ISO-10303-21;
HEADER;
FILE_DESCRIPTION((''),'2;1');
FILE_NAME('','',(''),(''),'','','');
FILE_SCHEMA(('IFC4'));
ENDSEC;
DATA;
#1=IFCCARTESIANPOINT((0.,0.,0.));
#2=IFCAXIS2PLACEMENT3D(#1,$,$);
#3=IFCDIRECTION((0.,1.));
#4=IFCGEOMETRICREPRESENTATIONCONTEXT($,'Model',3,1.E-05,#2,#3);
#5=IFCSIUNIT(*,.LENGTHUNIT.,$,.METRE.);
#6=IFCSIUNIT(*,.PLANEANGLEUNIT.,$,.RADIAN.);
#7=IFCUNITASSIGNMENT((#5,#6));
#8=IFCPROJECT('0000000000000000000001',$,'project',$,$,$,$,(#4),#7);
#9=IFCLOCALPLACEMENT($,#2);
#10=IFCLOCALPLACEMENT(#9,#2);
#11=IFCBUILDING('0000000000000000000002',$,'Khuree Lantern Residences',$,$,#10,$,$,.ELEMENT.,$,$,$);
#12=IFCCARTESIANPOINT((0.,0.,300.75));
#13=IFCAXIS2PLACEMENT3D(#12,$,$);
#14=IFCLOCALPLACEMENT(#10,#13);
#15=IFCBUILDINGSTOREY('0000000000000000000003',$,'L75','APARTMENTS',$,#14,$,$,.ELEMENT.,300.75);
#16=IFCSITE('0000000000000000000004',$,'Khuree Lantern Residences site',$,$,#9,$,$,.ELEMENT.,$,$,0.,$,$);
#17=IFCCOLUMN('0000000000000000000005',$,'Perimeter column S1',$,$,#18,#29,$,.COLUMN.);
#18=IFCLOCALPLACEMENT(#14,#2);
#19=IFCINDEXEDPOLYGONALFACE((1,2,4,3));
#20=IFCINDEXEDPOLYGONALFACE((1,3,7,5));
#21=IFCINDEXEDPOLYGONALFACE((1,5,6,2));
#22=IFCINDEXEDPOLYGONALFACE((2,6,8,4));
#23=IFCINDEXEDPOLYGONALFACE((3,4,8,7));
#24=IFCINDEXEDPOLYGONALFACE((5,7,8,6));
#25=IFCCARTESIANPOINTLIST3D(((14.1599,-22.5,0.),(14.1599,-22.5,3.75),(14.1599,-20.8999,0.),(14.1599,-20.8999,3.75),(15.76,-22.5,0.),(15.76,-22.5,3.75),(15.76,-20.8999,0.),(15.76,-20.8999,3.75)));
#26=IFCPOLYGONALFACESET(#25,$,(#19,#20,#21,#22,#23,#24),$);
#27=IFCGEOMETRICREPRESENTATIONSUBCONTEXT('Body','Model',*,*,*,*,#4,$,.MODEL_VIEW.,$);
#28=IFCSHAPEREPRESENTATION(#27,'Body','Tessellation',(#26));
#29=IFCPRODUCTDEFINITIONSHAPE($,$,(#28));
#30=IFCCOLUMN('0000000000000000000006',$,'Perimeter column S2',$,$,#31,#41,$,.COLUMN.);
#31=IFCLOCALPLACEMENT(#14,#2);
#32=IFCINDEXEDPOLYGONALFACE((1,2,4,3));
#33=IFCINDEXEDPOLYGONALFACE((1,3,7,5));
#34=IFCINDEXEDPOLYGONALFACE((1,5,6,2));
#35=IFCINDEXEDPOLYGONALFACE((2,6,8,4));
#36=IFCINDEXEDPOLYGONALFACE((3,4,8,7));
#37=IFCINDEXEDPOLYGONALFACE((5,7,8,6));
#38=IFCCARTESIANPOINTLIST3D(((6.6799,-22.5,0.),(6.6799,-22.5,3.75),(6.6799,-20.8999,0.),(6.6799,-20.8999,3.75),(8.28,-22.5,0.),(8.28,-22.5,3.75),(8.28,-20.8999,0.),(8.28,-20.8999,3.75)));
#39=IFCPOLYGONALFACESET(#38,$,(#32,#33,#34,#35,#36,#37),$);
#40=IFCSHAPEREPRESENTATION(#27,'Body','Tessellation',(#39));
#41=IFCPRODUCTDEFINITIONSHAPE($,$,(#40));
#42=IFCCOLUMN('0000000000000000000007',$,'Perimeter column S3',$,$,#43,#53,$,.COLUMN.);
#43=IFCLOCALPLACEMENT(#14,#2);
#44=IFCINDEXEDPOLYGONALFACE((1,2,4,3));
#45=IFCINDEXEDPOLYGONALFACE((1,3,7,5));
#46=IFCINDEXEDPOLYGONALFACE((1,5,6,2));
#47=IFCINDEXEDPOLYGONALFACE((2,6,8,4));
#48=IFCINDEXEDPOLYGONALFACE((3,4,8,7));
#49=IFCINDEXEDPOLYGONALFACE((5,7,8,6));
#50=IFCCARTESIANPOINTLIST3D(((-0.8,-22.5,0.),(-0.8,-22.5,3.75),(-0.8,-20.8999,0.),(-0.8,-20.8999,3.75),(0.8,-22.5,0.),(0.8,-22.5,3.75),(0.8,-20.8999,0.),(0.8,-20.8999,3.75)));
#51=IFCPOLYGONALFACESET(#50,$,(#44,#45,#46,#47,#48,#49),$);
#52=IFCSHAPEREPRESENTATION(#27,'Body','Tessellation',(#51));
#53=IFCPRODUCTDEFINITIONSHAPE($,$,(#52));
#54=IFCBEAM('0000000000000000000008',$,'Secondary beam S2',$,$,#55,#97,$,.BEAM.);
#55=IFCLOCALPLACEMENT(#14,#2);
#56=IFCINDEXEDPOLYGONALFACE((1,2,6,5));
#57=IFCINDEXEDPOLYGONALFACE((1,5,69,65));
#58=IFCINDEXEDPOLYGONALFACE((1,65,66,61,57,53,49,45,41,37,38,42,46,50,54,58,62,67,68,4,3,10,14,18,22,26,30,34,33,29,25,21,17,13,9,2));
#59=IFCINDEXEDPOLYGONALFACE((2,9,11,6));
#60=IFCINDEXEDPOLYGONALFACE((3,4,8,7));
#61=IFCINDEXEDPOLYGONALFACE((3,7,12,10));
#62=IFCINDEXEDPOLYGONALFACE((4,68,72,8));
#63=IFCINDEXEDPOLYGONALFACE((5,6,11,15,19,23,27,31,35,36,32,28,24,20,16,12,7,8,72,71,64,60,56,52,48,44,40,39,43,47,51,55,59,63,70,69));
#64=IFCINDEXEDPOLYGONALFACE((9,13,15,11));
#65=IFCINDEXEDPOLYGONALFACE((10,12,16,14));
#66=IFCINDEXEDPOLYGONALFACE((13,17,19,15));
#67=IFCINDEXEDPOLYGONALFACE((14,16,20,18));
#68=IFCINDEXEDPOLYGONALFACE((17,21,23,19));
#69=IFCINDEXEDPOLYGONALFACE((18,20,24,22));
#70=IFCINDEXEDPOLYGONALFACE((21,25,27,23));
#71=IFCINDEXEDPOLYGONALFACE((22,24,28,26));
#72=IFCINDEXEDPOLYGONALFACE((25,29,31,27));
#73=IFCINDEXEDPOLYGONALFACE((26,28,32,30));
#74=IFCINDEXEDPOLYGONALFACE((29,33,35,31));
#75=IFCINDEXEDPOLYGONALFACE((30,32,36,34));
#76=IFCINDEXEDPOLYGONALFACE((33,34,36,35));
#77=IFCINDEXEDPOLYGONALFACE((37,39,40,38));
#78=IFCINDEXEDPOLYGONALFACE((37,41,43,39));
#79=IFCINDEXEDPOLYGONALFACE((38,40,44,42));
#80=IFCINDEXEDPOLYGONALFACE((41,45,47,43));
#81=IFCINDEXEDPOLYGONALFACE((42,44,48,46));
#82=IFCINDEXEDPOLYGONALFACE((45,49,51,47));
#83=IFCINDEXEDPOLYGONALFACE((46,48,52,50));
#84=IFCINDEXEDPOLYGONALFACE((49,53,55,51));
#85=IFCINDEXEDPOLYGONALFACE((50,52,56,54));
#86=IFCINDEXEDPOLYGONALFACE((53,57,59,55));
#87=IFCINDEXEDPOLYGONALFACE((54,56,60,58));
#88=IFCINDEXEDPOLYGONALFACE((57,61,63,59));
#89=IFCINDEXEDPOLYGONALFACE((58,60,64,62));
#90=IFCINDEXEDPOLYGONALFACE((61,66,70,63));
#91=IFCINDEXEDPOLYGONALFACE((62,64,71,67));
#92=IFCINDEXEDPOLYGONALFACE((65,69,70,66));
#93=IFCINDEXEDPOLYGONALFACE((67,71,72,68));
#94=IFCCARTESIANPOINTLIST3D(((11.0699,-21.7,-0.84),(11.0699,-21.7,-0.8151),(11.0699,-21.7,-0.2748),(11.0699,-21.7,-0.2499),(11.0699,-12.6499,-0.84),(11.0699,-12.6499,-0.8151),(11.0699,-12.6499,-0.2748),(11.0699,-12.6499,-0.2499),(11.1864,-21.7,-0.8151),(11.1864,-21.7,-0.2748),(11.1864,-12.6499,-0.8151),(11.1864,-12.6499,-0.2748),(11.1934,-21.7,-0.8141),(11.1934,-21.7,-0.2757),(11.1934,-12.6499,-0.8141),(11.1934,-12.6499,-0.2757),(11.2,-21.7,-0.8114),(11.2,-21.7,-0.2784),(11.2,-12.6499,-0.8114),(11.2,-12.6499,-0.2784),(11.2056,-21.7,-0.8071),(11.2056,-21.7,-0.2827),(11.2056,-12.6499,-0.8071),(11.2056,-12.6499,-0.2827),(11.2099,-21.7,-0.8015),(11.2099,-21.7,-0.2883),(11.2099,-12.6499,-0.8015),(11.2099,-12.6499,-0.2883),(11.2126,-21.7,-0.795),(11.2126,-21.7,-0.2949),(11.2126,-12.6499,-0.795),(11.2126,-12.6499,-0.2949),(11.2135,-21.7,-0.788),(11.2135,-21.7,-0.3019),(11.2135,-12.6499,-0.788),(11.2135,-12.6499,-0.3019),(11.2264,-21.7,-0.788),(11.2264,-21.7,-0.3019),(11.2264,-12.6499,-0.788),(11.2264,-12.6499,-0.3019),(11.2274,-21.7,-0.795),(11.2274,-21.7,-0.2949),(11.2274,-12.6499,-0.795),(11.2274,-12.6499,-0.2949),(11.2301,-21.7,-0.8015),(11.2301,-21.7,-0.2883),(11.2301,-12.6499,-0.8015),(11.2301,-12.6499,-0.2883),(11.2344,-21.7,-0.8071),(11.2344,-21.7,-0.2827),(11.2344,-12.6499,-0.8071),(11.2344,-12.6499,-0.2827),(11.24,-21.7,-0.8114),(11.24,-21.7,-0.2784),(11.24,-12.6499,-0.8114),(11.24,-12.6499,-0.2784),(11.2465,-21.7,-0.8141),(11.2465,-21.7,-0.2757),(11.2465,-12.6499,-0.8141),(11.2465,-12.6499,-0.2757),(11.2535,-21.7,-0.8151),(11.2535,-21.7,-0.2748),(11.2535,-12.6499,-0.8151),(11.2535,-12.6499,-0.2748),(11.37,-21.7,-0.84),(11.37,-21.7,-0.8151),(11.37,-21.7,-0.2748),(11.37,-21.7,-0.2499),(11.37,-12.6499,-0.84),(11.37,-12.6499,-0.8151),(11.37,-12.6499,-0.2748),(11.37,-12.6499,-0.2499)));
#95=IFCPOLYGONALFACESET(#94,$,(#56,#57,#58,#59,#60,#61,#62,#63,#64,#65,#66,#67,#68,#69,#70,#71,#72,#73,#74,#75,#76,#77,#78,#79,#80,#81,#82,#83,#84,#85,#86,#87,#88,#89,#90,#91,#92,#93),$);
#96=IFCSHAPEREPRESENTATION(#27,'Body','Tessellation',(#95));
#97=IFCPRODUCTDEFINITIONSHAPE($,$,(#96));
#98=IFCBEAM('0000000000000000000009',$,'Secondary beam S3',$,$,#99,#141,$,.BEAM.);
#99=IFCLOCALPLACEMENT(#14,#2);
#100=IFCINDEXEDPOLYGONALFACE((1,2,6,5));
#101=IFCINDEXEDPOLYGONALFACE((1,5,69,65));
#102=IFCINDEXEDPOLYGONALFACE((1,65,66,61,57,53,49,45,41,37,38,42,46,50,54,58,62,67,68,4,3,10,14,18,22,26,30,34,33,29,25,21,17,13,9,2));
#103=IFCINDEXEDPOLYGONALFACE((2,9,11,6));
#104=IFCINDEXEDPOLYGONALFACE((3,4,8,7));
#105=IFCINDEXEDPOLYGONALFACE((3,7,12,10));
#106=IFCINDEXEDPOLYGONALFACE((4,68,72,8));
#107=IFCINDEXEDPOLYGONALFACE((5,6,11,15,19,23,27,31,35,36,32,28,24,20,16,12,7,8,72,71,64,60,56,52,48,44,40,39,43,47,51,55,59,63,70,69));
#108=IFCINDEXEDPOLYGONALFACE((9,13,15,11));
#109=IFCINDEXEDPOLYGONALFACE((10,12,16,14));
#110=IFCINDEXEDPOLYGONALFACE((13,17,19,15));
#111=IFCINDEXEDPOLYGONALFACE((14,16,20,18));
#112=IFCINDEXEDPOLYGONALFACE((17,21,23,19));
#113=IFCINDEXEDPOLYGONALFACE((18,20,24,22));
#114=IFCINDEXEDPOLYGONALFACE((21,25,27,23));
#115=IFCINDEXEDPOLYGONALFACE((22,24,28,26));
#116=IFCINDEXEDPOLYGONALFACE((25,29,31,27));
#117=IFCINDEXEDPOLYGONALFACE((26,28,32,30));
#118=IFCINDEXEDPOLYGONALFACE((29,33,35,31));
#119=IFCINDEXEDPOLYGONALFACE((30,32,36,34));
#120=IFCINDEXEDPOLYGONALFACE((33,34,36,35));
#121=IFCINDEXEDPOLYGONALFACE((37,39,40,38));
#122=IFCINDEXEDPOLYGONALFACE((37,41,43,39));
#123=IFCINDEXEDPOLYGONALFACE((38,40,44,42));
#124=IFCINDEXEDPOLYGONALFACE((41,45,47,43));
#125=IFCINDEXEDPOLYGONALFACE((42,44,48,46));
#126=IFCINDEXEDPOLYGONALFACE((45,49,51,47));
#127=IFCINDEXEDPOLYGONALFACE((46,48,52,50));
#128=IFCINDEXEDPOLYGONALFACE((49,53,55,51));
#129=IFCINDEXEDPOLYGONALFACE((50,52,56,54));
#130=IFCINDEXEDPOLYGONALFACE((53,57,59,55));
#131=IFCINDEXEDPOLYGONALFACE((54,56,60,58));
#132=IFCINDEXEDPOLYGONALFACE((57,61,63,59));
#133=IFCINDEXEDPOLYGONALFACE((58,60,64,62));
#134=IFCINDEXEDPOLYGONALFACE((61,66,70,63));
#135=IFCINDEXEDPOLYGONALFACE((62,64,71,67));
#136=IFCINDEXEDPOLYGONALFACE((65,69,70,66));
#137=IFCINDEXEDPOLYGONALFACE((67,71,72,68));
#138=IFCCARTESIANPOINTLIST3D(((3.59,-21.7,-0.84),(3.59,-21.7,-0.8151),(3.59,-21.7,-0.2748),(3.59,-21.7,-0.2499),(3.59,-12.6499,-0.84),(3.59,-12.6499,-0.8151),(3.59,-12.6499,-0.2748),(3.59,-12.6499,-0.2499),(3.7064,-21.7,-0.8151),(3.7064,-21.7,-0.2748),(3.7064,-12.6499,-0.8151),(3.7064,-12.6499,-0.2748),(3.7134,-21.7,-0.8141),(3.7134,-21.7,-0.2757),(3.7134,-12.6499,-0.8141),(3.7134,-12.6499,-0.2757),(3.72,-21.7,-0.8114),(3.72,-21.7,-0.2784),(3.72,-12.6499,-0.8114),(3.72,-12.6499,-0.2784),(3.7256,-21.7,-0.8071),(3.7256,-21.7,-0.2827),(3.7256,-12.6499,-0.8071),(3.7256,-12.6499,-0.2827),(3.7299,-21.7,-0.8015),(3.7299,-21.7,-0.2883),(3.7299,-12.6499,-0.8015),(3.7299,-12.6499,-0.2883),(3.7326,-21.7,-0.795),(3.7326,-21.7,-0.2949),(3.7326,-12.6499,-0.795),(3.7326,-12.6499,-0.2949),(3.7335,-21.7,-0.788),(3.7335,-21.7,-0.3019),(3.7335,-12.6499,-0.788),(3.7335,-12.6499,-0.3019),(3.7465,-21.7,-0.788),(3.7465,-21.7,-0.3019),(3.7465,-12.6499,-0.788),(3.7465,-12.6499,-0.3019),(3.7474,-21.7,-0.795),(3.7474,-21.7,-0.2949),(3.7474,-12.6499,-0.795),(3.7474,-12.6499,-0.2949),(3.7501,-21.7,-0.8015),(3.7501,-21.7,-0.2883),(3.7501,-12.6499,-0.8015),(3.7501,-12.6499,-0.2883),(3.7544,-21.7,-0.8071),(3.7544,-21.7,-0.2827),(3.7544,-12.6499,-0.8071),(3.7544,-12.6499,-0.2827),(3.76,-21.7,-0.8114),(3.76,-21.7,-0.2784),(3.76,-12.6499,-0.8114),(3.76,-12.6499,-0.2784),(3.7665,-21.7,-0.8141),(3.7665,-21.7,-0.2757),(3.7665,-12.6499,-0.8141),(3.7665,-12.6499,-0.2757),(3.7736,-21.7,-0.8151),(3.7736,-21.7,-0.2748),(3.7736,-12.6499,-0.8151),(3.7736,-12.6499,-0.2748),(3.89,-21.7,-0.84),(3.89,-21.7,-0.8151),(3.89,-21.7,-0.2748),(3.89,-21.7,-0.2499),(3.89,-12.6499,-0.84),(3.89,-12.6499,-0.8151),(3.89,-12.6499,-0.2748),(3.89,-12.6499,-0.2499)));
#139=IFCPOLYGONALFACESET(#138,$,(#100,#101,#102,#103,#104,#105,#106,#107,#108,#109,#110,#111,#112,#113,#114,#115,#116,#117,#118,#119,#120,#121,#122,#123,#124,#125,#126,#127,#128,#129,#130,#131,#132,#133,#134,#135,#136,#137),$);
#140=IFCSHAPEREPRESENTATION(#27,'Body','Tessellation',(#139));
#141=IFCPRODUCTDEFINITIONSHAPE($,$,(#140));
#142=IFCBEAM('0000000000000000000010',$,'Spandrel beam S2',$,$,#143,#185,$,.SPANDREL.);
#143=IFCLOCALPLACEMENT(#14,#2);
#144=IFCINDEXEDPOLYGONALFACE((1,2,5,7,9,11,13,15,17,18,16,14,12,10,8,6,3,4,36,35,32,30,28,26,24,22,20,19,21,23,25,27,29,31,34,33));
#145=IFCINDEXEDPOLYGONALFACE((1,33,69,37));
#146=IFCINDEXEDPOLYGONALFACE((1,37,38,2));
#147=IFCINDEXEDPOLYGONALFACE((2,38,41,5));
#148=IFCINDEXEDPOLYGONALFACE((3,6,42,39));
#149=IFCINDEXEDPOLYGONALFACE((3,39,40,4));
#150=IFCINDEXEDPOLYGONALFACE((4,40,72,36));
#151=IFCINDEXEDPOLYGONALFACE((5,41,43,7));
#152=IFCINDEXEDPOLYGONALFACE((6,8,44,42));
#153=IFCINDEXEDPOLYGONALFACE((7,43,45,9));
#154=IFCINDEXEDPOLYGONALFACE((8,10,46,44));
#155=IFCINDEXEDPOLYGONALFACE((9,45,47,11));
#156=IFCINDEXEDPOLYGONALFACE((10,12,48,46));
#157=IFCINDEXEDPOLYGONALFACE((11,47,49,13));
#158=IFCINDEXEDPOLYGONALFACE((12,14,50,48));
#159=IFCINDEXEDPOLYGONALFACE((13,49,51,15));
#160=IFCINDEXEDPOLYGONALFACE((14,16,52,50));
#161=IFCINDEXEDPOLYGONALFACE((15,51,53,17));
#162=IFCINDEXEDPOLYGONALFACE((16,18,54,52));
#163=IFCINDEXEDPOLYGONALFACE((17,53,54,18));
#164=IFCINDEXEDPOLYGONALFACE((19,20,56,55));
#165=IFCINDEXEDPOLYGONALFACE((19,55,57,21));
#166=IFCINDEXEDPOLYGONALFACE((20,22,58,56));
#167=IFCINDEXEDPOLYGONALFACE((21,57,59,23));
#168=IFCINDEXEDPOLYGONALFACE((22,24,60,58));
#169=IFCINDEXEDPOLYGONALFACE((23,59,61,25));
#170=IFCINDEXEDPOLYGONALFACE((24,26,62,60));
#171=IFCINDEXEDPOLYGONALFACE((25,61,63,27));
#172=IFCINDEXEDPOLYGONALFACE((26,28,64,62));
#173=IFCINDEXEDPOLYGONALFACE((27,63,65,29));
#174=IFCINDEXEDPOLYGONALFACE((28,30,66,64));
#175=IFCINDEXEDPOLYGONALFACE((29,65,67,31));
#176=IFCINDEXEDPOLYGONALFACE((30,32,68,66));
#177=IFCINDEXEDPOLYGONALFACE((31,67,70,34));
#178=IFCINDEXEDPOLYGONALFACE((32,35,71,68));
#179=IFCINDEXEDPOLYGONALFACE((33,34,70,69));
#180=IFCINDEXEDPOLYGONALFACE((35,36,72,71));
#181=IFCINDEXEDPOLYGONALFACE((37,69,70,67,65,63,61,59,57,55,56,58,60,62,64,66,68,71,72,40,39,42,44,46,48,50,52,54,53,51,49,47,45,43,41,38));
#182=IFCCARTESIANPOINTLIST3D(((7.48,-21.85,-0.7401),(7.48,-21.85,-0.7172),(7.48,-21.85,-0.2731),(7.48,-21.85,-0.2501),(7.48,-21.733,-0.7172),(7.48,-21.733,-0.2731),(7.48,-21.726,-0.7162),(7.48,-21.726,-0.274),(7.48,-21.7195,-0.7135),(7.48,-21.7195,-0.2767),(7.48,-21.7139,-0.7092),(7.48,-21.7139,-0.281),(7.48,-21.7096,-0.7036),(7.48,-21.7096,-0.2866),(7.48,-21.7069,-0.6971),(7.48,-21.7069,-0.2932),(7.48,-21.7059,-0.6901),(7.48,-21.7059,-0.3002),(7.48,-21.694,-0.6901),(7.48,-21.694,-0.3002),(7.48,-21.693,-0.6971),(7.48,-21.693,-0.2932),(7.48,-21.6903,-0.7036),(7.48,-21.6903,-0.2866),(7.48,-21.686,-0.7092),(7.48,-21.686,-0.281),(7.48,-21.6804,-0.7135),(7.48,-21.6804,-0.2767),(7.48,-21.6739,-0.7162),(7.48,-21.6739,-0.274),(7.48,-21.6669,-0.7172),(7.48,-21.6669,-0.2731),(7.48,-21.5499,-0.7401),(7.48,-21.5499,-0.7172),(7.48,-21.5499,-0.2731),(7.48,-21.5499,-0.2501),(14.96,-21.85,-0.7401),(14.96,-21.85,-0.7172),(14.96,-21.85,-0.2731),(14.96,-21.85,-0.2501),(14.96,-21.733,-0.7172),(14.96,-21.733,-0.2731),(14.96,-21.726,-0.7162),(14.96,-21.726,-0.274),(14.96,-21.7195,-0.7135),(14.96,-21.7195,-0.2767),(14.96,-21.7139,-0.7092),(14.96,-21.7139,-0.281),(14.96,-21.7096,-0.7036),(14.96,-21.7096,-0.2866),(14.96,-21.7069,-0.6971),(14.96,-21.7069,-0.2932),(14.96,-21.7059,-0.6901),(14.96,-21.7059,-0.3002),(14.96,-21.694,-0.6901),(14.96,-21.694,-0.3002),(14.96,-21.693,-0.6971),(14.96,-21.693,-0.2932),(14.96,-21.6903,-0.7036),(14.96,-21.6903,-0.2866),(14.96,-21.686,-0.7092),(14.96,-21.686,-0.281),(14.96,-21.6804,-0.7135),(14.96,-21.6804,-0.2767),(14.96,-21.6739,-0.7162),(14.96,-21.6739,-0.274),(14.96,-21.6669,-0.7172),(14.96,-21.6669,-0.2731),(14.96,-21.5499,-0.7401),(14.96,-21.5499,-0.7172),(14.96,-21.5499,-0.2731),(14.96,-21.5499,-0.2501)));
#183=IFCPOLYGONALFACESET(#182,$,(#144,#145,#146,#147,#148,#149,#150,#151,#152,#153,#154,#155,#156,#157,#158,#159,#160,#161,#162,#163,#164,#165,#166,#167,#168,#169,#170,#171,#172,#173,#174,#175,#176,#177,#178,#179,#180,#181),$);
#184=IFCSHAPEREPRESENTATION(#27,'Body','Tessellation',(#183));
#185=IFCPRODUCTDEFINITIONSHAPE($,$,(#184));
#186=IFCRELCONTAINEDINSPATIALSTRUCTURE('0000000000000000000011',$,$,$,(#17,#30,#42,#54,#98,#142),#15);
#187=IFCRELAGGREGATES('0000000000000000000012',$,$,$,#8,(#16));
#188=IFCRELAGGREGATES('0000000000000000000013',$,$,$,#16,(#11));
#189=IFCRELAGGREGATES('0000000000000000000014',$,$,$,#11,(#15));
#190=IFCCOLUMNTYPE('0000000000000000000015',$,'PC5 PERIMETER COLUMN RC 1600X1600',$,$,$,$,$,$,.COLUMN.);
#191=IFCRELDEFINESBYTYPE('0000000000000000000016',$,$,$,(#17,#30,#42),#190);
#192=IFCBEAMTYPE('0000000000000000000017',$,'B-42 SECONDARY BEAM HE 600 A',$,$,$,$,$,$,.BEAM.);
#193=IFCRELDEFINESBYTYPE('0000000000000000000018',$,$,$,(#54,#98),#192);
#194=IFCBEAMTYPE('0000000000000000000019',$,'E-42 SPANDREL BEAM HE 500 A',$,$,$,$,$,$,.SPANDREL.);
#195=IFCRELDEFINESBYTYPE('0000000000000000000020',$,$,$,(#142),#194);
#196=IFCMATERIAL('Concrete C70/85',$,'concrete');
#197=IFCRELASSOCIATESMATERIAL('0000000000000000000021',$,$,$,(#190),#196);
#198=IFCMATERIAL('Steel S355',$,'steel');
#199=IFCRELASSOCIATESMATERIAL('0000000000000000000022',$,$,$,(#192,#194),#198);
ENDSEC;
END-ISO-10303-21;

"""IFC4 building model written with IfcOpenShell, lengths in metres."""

from ifc_helpers import new_model, si_unit, direction, frame, origin, origin_2d, place, context, subcontext, project, spatial, rectangle, i_section, extrude, material, material_profile, profile_set, type_object, element, save


model = new_model("IFC4")

# Units and contexts
model_context = context("Model", 3, precision=1e-05, world=origin(), true_north=direction((0.0, 1.0)))
body_context = subcontext(model_context, "Body", "Model", "MODEL_VIEW")
ifc_project = project(units=[si_unit("LENGTHUNIT", "METRE"), si_unit("PLANEANGLEUNIT", "RADIAN")], contexts=[model_context])

# Site, building, storey
site_placement = place(None, origin())
site = spatial("IfcSite", under=ifc_project, at=site_placement, Name="Khuree Lantern Residences site", CompositionType="ELEMENT", RefElevation=0.0)
building_placement = place(site_placement, origin())
building = spatial("IfcBuilding", under=site, at=building_placement, Name="Khuree Lantern Residences", CompositionType="ELEMENT")
storey_placement = place(building_placement, frame((0.0, 0.0, 300.75)))
storey = spatial("IfcBuildingStorey", under=building, at=storey_placement, Name="L75", Description="APARTMENTS", CompositionType="ELEMENT", Elevation=300.75)

# Columns
ifc_material_1 = material(Name="Concrete C70/85", Category="concrete")
ifc_material_profile_1 = material_profile(ifc_material_1, rectangle(XDim=1.6001, YDim=1.6001, at=origin_2d()), Name="RC 1600X1600")
ifc_profile_set_1 = profile_set([ifc_material_profile_1], Name="Concrete C70/85")
column_type = type_object("IfcColumnType", Name="PC5 PERIMETER COLUMN RC 1600X1600", PredefinedType="COLUMN", material=ifc_profile_set_1)
for number, where, z_axis, x_axis, name in (
    (1, (14.96, -21.7, 0.0), (0.0, 0.0, 1.0), (1.0, 0.0, 0.0), "Perimeter column S1"),
    (2, (7.48, -21.7, 0.0), (0.0, 0.0, 1.0), (1.0, 0.0, 0.0), "Perimeter column S2"),
    (3, (0.0, -21.7, 0.0), (0.0, 0.0, 1.0), (1.0, 0.0, 0.0), "Perimeter column S3"),
):
    element("IfcColumn", number, at=place(storey_placement, frame(where, z_axis=z_axis, x_axis=x_axis)), inside=storey, type_object=column_type, Name=name, PredefinedType="COLUMN", context=body_context, shape_type="SweptSolid", body=[
        extrude(rectangle(XDim=1.6001, YDim=1.6001, at=origin_2d()), origin(), (0.0, 0.0, 1.0), 3.75),
    ])

# Beams
ifc_material_2 = material(Name="Steel S355", Category="steel")
ifc_material_profile_2 = material_profile(ifc_material_2, i_section(OverallWidth=0.3, OverallDepth=0.5901, WebThickness=0.0129, FlangeThickness=0.0249, FilletRadius=0.0271, at=origin_2d()), Name="HE 600 A")
ifc_profile_set_2 = profile_set([ifc_material_profile_2], Name="Steel S355")
beam_type_1 = type_object("IfcBeamType", Name="B-42 SECONDARY BEAM HE 600 A", PredefinedType="BEAM", material=ifc_profile_set_2)
for number, where, z_axis, x_axis, name in (
    (4, (11.22, -21.7, -0.5449), (0.0, 1.0, 0.0), (-1.0, 0.0, 0.0), "Secondary beam S2"),
    (5, (3.74, -21.7, -0.5449), (0.0, 1.0, 0.0), (-1.0, 0.0, 0.0), "Secondary beam S3"),
):
    element("IfcBeam", number, at=place(storey_placement, frame(where, z_axis=z_axis, x_axis=x_axis)), inside=storey, type_object=beam_type_1, Name=name, PredefinedType="BEAM", context=body_context, shape_type="SweptSolid", body=[
        extrude(i_section(OverallWidth=0.3, OverallDepth=0.5901, WebThickness=0.0129, FlangeThickness=0.0249, FilletRadius=0.0271, at=origin_2d()), origin(), (0.0, 0.0, 1.0), 9.05),
    ])
ifc_material_profile_3 = material_profile(ifc_material_2, i_section(OverallWidth=0.3, OverallDepth=0.49, WebThickness=0.012, FlangeThickness=0.0229, FilletRadius=0.0271, at=origin_2d()), Name="HE 500 A")
ifc_profile_set_3 = profile_set([ifc_material_profile_3], Name="Steel S355")
beam_type_2 = type_object("IfcBeamType", Name="E-42 SPANDREL BEAM HE 500 A", PredefinedType="SPANDREL", material=ifc_profile_set_3)
for number, where, z_axis, x_axis, name in (
    (6, (14.96, -21.7, -0.4951), (-1.0, 0.0, 0.0), (0.0, -1.0, 0.0), "Spandrel beam S2"),
):
    element("IfcBeam", number, at=place(storey_placement, frame(where, z_axis=z_axis, x_axis=x_axis)), inside=storey, type_object=beam_type_2, Name=name, PredefinedType="SPANDREL", context=body_context, shape_type="SweptSolid", body=[
        extrude(i_section(OverallWidth=0.3, OverallDepth=0.49, WebThickness=0.012, FlangeThickness=0.0229, FilletRadius=0.0271, at=origin_2d()), origin(), (0.0, 0.0, 1.0), 7.48),
    ])

save(model, "model.ifc")
